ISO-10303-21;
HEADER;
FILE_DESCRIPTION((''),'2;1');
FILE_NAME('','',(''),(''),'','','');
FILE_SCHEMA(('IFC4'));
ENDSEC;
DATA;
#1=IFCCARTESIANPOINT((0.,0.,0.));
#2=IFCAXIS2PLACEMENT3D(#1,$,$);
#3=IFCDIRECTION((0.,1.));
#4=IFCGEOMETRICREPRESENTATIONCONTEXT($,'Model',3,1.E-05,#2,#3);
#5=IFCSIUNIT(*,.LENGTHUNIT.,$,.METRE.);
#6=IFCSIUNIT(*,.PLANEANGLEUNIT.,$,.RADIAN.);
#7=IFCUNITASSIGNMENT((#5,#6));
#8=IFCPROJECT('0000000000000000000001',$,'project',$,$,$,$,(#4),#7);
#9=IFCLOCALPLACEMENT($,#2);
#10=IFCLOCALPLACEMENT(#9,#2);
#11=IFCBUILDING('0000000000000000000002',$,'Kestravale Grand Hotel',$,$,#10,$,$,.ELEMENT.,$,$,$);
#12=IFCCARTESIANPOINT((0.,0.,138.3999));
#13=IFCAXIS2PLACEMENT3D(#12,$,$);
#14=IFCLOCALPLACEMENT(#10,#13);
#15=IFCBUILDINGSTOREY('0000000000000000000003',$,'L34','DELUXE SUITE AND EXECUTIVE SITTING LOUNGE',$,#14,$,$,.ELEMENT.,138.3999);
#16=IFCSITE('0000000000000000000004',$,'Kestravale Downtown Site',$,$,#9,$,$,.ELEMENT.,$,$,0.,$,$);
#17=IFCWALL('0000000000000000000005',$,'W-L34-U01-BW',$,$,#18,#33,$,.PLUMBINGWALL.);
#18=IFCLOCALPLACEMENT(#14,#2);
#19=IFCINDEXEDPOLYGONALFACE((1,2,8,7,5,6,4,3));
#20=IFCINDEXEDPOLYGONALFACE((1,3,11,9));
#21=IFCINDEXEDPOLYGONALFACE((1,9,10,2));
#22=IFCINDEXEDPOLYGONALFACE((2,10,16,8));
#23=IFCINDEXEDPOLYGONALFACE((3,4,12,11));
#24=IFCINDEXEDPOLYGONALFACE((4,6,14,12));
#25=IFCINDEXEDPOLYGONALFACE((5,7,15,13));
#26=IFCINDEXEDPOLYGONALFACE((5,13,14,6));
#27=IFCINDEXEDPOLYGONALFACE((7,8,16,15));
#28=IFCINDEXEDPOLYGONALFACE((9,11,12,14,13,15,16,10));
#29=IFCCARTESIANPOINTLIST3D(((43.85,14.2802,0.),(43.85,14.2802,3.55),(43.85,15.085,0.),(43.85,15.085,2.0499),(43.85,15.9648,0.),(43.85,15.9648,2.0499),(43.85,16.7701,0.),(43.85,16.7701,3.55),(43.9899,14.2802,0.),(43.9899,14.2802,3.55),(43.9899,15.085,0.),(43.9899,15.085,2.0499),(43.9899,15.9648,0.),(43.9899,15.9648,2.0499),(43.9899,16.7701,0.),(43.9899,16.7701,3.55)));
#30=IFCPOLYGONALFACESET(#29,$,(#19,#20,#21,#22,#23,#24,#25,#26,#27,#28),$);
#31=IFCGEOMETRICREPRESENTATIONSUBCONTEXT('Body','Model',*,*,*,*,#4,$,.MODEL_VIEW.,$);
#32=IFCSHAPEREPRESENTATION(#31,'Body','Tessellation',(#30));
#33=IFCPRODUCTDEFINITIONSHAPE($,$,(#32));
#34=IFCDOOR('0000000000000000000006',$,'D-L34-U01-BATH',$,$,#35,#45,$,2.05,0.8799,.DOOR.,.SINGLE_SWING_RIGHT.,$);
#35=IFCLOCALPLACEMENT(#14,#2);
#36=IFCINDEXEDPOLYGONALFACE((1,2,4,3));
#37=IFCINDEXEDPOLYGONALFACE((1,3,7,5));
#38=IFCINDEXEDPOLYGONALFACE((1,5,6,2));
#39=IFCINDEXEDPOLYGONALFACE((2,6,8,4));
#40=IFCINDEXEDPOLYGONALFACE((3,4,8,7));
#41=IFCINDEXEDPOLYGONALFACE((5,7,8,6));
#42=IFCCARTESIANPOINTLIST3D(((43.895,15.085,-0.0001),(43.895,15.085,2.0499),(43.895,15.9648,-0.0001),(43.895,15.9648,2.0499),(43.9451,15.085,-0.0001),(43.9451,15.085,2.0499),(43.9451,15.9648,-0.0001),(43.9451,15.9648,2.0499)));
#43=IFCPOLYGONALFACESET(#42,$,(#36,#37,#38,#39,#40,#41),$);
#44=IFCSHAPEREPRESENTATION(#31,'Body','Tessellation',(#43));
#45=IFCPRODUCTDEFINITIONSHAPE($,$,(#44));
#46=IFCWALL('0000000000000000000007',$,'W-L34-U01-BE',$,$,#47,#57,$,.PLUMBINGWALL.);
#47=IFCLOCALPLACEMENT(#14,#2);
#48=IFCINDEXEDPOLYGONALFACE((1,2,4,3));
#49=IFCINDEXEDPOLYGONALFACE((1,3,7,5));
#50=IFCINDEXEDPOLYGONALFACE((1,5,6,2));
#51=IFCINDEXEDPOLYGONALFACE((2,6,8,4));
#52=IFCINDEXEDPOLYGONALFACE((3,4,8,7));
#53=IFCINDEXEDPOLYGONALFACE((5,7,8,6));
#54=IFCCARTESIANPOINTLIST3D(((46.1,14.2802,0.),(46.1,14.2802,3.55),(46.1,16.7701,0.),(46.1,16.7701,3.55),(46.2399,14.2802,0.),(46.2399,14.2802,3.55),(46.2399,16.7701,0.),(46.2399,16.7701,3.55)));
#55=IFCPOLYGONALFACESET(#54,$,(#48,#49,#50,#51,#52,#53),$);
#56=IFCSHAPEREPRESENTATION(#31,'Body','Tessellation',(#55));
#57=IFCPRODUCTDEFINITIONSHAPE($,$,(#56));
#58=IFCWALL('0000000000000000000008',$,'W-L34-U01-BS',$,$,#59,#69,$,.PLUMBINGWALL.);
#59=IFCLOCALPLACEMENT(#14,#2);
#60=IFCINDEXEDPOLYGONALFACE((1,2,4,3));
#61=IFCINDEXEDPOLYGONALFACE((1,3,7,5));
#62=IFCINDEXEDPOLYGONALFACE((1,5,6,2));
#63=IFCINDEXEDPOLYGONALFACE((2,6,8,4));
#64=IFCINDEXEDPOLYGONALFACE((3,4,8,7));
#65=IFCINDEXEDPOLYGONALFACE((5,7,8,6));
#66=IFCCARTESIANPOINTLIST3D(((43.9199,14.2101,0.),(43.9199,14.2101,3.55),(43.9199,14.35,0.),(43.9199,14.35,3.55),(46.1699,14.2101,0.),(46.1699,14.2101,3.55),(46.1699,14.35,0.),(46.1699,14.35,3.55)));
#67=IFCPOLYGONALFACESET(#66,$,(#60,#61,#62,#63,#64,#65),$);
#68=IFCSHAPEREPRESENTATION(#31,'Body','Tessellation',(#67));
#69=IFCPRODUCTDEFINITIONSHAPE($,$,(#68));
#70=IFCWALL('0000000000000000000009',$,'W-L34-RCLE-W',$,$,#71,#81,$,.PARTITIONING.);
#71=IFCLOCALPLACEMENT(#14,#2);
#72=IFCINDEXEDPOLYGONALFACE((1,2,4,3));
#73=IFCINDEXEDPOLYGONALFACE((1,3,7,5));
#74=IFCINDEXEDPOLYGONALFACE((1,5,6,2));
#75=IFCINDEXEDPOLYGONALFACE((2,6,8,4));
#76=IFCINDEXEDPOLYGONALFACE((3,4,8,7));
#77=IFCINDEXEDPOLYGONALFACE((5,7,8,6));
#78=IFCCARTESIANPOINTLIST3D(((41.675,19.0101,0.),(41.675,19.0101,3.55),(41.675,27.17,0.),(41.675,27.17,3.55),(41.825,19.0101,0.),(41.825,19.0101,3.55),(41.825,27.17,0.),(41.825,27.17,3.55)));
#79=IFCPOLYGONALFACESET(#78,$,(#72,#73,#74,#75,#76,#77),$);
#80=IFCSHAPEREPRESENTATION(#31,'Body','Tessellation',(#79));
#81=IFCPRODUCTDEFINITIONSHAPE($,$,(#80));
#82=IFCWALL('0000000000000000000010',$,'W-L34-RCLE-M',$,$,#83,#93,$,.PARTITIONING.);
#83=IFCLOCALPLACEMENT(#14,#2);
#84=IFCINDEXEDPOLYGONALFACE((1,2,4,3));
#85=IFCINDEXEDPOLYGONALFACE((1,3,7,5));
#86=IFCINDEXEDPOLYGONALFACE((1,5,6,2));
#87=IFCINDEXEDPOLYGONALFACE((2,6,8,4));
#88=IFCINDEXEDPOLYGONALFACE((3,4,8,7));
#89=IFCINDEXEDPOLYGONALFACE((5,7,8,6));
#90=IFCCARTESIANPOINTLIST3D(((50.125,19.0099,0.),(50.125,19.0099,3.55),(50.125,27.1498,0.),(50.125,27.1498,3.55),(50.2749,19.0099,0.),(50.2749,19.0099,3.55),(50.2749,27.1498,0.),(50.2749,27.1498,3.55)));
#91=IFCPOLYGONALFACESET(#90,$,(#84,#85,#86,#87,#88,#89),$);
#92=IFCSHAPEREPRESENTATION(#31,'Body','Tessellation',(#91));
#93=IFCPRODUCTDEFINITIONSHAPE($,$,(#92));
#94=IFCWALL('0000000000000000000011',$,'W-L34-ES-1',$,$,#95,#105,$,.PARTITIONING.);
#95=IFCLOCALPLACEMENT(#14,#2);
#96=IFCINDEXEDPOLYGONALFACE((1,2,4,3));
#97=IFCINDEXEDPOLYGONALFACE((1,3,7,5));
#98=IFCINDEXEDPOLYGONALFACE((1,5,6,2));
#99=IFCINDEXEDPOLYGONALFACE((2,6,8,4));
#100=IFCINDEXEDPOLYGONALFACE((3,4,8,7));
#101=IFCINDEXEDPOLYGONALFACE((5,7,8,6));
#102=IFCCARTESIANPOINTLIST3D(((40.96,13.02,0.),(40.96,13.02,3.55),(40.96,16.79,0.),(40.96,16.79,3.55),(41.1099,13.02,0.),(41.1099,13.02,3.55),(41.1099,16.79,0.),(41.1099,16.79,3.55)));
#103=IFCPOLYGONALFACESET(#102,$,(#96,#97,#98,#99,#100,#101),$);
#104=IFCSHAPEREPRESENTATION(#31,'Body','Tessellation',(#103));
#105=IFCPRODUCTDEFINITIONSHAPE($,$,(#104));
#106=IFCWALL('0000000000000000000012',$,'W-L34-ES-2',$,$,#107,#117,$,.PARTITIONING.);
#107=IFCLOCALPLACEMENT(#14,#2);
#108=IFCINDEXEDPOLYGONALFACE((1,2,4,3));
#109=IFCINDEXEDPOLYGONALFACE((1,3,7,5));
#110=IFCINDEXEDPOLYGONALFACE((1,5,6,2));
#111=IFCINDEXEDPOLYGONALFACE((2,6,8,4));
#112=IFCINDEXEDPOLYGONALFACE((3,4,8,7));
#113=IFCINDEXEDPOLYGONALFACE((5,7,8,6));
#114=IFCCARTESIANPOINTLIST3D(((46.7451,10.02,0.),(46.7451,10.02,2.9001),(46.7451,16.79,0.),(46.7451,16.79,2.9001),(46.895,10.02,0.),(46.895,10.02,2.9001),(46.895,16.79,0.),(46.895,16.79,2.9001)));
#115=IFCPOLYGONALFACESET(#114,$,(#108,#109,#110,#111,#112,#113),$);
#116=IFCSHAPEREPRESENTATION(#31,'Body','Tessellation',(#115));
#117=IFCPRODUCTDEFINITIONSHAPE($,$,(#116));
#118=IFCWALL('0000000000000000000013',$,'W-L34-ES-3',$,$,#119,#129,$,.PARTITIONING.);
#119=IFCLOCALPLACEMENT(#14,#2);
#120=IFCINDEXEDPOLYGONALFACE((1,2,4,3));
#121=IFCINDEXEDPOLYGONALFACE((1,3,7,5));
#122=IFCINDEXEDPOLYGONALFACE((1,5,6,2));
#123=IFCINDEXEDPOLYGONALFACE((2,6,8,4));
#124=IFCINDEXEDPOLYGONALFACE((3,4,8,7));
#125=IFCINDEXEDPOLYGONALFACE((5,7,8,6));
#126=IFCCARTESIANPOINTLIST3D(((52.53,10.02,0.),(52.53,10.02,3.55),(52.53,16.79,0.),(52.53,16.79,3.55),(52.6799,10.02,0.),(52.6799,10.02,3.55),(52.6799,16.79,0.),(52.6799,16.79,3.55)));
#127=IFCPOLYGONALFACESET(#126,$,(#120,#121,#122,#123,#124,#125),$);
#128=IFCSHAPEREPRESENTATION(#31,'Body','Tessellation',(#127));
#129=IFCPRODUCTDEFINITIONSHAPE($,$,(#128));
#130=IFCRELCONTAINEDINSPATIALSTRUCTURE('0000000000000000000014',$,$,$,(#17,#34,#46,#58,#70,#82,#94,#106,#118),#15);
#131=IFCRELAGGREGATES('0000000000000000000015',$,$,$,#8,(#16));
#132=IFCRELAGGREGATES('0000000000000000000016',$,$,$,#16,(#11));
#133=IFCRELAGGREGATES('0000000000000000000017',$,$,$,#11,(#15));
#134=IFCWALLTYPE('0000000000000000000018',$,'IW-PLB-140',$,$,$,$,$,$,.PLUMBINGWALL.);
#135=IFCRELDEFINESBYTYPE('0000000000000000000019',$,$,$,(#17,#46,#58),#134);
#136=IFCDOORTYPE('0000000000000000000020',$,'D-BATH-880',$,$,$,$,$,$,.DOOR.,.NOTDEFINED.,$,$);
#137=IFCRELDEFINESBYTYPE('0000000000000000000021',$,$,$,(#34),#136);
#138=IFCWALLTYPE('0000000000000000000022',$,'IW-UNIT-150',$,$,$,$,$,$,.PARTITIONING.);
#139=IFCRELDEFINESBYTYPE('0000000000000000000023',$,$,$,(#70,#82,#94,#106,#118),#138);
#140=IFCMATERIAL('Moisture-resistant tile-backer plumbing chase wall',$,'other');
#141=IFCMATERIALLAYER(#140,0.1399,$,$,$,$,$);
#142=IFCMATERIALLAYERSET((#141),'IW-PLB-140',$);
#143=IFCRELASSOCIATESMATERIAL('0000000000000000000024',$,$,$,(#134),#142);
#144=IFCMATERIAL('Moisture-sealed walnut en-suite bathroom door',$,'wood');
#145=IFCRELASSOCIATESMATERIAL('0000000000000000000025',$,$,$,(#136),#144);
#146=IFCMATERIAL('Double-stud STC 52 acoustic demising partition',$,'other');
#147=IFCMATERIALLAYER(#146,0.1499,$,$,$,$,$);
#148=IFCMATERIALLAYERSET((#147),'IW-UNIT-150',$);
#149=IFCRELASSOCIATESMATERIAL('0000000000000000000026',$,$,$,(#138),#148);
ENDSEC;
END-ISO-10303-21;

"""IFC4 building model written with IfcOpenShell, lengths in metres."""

from ifc_helpers import new_model, si_unit, direction, frame, frame_2d, origin, place, context, subcontext, project, spatial, rectangle, extrude, material, layer, layer_set, type_object, element, fill, save


model = new_model("IFC4")

# Units and contexts
model_context = context("Model", 3, precision=1e-05, world=origin(), true_north=direction((0.0, 1.0)))
body_context = subcontext(model_context, "Body", "Model", "MODEL_VIEW")
ifc_project = project(units=[si_unit("LENGTHUNIT", "METRE"), si_unit("PLANEANGLEUNIT", "RADIAN")], contexts=[model_context])

# Site, building, storey
site_placement = place(None, origin())
site = spatial("IfcSite", under=ifc_project, at=site_placement, Name="Kestravale Downtown Site", CompositionType="ELEMENT", RefElevation=0.0)
building_placement = place(site_placement, origin())
building = spatial("IfcBuilding", under=site, at=building_placement, Name="Kestravale Grand Hotel", CompositionType="ELEMENT")
storey_placement = place(building_placement, frame((0.0, 0.0, 138.3999)))
storey = spatial("IfcBuildingStorey", under=building, at=storey_placement, Name="L34", Description="DELUXE SUITE AND EXECUTIVE SITTING LOUNGE", CompositionType="ELEMENT", Elevation=138.3999)

# Wall, opening, door
ifc_material_1 = material(Name="Moisture-resistant tile-backer plumbing chase wall", Category="other")
ifc_layer_1 = layer(ifc_material_1, 0.1399)
ifc_layer_set_1 = layer_set([ifc_layer_1], Name="IW-PLB-140")
wall_type_1 = type_object("IfcWallType", Name="IW-PLB-140", PredefinedType="PLUMBINGWALL", material=ifc_layer_set_1)
wall_1_placement = place(storey_placement, frame((43.9199, 14.28, 0.0), z_axis=(0.0, 0.0, 1.0), x_axis=(0.0, 1.0, 0.0)))
wall_1 = element("IfcWall", 1, at=wall_1_placement, inside=storey, type_object=wall_type_1, Name="W-L34-U01-BW", PredefinedType="PLUMBINGWALL", context=body_context, shape_type="SweptSolid", body=[
    extrude(rectangle(XDim=2.49, YDim=0.1399, at=frame_2d((1.2451, 0.0))), origin(), (0.0, 0.0, 1.0), 3.55),
])
opening_1_placement = place(wall_1_placement, frame((0.8049, 0.0, 0.0)))
opening_1 = element("IfcOpeningElement", 2, at=opening_1_placement, cuts=wall_1, PredefinedType="OPENING", context=body_context, shape_type="SweptSolid", body=[
    extrude(rectangle(XDim=0.8799, YDim=2.05, at=frame_2d((0.4399, 1.0249))), frame((0.0, 0.0798, 0.0), z_axis=(0.0, -1.0, 0.0), x_axis=(1.0, 0.0, 0.0)), (0.0, 0.0, 1.0), 0.1599),
])
ifc_material_2 = material(Name="Moisture-sealed walnut en-suite bathroom door", Category="wood")
door_type = type_object("IfcDoorType", Name="D-BATH-880", OperationType="NOTDEFINED", PredefinedType="DOOR", material=ifc_material_2)
door_placement = place(opening_1_placement, origin())
door = element("IfcDoor", 3, at=door_placement, inside=storey, type_object=door_type, Name="D-L34-U01-BATH", OperationType="SINGLE_SWING_RIGHT", OverallHeight=2.05, OverallWidth=0.8799, PredefinedType="DOOR", context=body_context, shape_type="SweptSolid", body=[
    extrude(rectangle(XDim=0.8799, YDim=2.05, at=frame_2d((0.4399, 1.0249))), frame((0.0, 0.0249, 0.0), z_axis=(0.0, -1.0, 0.0), x_axis=(1.0, 0.0, 0.0)), (0.0, 0.0, 1.0), 0.05),
])
fill(opening_1, door)

# Walls
wall_2_placement = place(storey_placement, frame((46.1699, 14.28, 0.0), z_axis=(0.0, 0.0, 1.0), x_axis=(0.0, 1.0, 0.0)))
element("IfcWall", 4, at=wall_2_placement, inside=storey, type_object=wall_type_1, Name="W-L34-U01-BE", PredefinedType="PLUMBINGWALL", context=body_context, shape_type="SweptSolid", body=[
    extrude(rectangle(XDim=2.49, YDim=0.1399, at=frame_2d((1.2451, 0.0))), origin(), (0.0, 0.0, 1.0), 3.55),
])
wall_3_placement = place(storey_placement, frame((43.9199, 14.28, 0.0), z_axis=(0.0, 0.0, 1.0), x_axis=(1.0, 0.0, 0.0)))
element("IfcWall", 5, at=wall_3_placement, inside=storey, type_object=wall_type_1, Name="W-L34-U01-BS", PredefinedType="PLUMBINGWALL", context=body_context, shape_type="SweptSolid", body=[
    extrude(rectangle(XDim=2.25, YDim=0.1399, at=frame_2d((1.125, 0.0))), origin(), (0.0, 0.0, 1.0), 3.55),
])
ifc_material_3 = material(Name="Double-stud STC 52 acoustic demising partition", Category="other")
ifc_layer_2 = layer(ifc_material_3, 0.1499)
ifc_layer_set_2 = layer_set([ifc_layer_2], Name="IW-UNIT-150")
wall_type_2 = type_object("IfcWallType", Name="IW-UNIT-150", PredefinedType="PARTITIONING", material=ifc_layer_set_2)
wall_4_placement = place(storey_placement, frame((41.75, 19.01, 0.0), z_axis=(0.0, 0.0, 1.0), x_axis=(0.0, 1.0, 0.0)))
element("IfcWall", 6, at=wall_4_placement, inside=storey, type_object=wall_type_2, Name="W-L34-RCLE-W", PredefinedType="PARTITIONING", context=body_context, shape_type="SweptSolid", body=[
    extrude(rectangle(XDim=8.1599, YDim=0.1499, at=frame_2d((4.0801, 0.0))), origin(), (0.0, 0.0, 1.0), 3.55),
])
wall_5_placement = place(storey_placement, frame((50.2, 19.01, 0.0), z_axis=(0.0, 0.0, 1.0), x_axis=(0.0, 1.0, 0.0)))
element("IfcWall", 7, at=wall_5_placement, inside=storey, type_object=wall_type_2, Name="W-L34-RCLE-M", PredefinedType="PARTITIONING", context=body_context, shape_type="SweptSolid", body=[
    extrude(rectangle(XDim=8.1399, YDim=0.1499, at=frame_2d((4.0698, 0.0))), origin(), (0.0, 0.0, 1.0), 3.55),
])
wall_6_placement = place(storey_placement, frame((41.0349, 13.02, 0.0), z_axis=(0.0, 0.0, 1.0), x_axis=(0.0, 1.0, 0.0)))
element("IfcWall", 8, at=wall_6_placement, inside=storey, type_object=wall_type_2, Name="W-L34-ES-1", PredefinedType="PARTITIONING", context=body_context, shape_type="SweptSolid", body=[
    extrude(rectangle(XDim=3.77, YDim=0.1499, at=frame_2d((1.885, 0.0))), origin(), (0.0, 0.0, 1.0), 3.55),
])
wall_7_placement = place(storey_placement, frame((46.8201, 10.02, 0.0), z_axis=(0.0, 0.0, 1.0), x_axis=(0.0, 1.0, 0.0)))
element("IfcWall", 9, at=wall_7_placement, inside=storey, type_object=wall_type_2, Name="W-L34-ES-2", PredefinedType="PARTITIONING", context=body_context, shape_type="SweptSolid", body=[
    extrude(rectangle(XDim=6.77, YDim=0.1499, at=frame_2d((3.385, 0.0))), origin(), (0.0, 0.0, 1.0), 2.9001),
])
wall_8_placement = place(storey_placement, frame((52.605, 10.02, 0.0), z_axis=(0.0, 0.0, 1.0), x_axis=(0.0, 1.0, 0.0)))
element("IfcWall", 10, at=wall_8_placement, inside=storey, type_object=wall_type_2, Name="W-L34-ES-3", PredefinedType="PARTITIONING", context=body_context, shape_type="SweptSolid", body=[
    extrude(rectangle(XDim=6.77, YDim=0.1499, at=frame_2d((3.385, 0.0))), origin(), (0.0, 0.0, 1.0), 3.55),
])

save(model, "model.ifc")
